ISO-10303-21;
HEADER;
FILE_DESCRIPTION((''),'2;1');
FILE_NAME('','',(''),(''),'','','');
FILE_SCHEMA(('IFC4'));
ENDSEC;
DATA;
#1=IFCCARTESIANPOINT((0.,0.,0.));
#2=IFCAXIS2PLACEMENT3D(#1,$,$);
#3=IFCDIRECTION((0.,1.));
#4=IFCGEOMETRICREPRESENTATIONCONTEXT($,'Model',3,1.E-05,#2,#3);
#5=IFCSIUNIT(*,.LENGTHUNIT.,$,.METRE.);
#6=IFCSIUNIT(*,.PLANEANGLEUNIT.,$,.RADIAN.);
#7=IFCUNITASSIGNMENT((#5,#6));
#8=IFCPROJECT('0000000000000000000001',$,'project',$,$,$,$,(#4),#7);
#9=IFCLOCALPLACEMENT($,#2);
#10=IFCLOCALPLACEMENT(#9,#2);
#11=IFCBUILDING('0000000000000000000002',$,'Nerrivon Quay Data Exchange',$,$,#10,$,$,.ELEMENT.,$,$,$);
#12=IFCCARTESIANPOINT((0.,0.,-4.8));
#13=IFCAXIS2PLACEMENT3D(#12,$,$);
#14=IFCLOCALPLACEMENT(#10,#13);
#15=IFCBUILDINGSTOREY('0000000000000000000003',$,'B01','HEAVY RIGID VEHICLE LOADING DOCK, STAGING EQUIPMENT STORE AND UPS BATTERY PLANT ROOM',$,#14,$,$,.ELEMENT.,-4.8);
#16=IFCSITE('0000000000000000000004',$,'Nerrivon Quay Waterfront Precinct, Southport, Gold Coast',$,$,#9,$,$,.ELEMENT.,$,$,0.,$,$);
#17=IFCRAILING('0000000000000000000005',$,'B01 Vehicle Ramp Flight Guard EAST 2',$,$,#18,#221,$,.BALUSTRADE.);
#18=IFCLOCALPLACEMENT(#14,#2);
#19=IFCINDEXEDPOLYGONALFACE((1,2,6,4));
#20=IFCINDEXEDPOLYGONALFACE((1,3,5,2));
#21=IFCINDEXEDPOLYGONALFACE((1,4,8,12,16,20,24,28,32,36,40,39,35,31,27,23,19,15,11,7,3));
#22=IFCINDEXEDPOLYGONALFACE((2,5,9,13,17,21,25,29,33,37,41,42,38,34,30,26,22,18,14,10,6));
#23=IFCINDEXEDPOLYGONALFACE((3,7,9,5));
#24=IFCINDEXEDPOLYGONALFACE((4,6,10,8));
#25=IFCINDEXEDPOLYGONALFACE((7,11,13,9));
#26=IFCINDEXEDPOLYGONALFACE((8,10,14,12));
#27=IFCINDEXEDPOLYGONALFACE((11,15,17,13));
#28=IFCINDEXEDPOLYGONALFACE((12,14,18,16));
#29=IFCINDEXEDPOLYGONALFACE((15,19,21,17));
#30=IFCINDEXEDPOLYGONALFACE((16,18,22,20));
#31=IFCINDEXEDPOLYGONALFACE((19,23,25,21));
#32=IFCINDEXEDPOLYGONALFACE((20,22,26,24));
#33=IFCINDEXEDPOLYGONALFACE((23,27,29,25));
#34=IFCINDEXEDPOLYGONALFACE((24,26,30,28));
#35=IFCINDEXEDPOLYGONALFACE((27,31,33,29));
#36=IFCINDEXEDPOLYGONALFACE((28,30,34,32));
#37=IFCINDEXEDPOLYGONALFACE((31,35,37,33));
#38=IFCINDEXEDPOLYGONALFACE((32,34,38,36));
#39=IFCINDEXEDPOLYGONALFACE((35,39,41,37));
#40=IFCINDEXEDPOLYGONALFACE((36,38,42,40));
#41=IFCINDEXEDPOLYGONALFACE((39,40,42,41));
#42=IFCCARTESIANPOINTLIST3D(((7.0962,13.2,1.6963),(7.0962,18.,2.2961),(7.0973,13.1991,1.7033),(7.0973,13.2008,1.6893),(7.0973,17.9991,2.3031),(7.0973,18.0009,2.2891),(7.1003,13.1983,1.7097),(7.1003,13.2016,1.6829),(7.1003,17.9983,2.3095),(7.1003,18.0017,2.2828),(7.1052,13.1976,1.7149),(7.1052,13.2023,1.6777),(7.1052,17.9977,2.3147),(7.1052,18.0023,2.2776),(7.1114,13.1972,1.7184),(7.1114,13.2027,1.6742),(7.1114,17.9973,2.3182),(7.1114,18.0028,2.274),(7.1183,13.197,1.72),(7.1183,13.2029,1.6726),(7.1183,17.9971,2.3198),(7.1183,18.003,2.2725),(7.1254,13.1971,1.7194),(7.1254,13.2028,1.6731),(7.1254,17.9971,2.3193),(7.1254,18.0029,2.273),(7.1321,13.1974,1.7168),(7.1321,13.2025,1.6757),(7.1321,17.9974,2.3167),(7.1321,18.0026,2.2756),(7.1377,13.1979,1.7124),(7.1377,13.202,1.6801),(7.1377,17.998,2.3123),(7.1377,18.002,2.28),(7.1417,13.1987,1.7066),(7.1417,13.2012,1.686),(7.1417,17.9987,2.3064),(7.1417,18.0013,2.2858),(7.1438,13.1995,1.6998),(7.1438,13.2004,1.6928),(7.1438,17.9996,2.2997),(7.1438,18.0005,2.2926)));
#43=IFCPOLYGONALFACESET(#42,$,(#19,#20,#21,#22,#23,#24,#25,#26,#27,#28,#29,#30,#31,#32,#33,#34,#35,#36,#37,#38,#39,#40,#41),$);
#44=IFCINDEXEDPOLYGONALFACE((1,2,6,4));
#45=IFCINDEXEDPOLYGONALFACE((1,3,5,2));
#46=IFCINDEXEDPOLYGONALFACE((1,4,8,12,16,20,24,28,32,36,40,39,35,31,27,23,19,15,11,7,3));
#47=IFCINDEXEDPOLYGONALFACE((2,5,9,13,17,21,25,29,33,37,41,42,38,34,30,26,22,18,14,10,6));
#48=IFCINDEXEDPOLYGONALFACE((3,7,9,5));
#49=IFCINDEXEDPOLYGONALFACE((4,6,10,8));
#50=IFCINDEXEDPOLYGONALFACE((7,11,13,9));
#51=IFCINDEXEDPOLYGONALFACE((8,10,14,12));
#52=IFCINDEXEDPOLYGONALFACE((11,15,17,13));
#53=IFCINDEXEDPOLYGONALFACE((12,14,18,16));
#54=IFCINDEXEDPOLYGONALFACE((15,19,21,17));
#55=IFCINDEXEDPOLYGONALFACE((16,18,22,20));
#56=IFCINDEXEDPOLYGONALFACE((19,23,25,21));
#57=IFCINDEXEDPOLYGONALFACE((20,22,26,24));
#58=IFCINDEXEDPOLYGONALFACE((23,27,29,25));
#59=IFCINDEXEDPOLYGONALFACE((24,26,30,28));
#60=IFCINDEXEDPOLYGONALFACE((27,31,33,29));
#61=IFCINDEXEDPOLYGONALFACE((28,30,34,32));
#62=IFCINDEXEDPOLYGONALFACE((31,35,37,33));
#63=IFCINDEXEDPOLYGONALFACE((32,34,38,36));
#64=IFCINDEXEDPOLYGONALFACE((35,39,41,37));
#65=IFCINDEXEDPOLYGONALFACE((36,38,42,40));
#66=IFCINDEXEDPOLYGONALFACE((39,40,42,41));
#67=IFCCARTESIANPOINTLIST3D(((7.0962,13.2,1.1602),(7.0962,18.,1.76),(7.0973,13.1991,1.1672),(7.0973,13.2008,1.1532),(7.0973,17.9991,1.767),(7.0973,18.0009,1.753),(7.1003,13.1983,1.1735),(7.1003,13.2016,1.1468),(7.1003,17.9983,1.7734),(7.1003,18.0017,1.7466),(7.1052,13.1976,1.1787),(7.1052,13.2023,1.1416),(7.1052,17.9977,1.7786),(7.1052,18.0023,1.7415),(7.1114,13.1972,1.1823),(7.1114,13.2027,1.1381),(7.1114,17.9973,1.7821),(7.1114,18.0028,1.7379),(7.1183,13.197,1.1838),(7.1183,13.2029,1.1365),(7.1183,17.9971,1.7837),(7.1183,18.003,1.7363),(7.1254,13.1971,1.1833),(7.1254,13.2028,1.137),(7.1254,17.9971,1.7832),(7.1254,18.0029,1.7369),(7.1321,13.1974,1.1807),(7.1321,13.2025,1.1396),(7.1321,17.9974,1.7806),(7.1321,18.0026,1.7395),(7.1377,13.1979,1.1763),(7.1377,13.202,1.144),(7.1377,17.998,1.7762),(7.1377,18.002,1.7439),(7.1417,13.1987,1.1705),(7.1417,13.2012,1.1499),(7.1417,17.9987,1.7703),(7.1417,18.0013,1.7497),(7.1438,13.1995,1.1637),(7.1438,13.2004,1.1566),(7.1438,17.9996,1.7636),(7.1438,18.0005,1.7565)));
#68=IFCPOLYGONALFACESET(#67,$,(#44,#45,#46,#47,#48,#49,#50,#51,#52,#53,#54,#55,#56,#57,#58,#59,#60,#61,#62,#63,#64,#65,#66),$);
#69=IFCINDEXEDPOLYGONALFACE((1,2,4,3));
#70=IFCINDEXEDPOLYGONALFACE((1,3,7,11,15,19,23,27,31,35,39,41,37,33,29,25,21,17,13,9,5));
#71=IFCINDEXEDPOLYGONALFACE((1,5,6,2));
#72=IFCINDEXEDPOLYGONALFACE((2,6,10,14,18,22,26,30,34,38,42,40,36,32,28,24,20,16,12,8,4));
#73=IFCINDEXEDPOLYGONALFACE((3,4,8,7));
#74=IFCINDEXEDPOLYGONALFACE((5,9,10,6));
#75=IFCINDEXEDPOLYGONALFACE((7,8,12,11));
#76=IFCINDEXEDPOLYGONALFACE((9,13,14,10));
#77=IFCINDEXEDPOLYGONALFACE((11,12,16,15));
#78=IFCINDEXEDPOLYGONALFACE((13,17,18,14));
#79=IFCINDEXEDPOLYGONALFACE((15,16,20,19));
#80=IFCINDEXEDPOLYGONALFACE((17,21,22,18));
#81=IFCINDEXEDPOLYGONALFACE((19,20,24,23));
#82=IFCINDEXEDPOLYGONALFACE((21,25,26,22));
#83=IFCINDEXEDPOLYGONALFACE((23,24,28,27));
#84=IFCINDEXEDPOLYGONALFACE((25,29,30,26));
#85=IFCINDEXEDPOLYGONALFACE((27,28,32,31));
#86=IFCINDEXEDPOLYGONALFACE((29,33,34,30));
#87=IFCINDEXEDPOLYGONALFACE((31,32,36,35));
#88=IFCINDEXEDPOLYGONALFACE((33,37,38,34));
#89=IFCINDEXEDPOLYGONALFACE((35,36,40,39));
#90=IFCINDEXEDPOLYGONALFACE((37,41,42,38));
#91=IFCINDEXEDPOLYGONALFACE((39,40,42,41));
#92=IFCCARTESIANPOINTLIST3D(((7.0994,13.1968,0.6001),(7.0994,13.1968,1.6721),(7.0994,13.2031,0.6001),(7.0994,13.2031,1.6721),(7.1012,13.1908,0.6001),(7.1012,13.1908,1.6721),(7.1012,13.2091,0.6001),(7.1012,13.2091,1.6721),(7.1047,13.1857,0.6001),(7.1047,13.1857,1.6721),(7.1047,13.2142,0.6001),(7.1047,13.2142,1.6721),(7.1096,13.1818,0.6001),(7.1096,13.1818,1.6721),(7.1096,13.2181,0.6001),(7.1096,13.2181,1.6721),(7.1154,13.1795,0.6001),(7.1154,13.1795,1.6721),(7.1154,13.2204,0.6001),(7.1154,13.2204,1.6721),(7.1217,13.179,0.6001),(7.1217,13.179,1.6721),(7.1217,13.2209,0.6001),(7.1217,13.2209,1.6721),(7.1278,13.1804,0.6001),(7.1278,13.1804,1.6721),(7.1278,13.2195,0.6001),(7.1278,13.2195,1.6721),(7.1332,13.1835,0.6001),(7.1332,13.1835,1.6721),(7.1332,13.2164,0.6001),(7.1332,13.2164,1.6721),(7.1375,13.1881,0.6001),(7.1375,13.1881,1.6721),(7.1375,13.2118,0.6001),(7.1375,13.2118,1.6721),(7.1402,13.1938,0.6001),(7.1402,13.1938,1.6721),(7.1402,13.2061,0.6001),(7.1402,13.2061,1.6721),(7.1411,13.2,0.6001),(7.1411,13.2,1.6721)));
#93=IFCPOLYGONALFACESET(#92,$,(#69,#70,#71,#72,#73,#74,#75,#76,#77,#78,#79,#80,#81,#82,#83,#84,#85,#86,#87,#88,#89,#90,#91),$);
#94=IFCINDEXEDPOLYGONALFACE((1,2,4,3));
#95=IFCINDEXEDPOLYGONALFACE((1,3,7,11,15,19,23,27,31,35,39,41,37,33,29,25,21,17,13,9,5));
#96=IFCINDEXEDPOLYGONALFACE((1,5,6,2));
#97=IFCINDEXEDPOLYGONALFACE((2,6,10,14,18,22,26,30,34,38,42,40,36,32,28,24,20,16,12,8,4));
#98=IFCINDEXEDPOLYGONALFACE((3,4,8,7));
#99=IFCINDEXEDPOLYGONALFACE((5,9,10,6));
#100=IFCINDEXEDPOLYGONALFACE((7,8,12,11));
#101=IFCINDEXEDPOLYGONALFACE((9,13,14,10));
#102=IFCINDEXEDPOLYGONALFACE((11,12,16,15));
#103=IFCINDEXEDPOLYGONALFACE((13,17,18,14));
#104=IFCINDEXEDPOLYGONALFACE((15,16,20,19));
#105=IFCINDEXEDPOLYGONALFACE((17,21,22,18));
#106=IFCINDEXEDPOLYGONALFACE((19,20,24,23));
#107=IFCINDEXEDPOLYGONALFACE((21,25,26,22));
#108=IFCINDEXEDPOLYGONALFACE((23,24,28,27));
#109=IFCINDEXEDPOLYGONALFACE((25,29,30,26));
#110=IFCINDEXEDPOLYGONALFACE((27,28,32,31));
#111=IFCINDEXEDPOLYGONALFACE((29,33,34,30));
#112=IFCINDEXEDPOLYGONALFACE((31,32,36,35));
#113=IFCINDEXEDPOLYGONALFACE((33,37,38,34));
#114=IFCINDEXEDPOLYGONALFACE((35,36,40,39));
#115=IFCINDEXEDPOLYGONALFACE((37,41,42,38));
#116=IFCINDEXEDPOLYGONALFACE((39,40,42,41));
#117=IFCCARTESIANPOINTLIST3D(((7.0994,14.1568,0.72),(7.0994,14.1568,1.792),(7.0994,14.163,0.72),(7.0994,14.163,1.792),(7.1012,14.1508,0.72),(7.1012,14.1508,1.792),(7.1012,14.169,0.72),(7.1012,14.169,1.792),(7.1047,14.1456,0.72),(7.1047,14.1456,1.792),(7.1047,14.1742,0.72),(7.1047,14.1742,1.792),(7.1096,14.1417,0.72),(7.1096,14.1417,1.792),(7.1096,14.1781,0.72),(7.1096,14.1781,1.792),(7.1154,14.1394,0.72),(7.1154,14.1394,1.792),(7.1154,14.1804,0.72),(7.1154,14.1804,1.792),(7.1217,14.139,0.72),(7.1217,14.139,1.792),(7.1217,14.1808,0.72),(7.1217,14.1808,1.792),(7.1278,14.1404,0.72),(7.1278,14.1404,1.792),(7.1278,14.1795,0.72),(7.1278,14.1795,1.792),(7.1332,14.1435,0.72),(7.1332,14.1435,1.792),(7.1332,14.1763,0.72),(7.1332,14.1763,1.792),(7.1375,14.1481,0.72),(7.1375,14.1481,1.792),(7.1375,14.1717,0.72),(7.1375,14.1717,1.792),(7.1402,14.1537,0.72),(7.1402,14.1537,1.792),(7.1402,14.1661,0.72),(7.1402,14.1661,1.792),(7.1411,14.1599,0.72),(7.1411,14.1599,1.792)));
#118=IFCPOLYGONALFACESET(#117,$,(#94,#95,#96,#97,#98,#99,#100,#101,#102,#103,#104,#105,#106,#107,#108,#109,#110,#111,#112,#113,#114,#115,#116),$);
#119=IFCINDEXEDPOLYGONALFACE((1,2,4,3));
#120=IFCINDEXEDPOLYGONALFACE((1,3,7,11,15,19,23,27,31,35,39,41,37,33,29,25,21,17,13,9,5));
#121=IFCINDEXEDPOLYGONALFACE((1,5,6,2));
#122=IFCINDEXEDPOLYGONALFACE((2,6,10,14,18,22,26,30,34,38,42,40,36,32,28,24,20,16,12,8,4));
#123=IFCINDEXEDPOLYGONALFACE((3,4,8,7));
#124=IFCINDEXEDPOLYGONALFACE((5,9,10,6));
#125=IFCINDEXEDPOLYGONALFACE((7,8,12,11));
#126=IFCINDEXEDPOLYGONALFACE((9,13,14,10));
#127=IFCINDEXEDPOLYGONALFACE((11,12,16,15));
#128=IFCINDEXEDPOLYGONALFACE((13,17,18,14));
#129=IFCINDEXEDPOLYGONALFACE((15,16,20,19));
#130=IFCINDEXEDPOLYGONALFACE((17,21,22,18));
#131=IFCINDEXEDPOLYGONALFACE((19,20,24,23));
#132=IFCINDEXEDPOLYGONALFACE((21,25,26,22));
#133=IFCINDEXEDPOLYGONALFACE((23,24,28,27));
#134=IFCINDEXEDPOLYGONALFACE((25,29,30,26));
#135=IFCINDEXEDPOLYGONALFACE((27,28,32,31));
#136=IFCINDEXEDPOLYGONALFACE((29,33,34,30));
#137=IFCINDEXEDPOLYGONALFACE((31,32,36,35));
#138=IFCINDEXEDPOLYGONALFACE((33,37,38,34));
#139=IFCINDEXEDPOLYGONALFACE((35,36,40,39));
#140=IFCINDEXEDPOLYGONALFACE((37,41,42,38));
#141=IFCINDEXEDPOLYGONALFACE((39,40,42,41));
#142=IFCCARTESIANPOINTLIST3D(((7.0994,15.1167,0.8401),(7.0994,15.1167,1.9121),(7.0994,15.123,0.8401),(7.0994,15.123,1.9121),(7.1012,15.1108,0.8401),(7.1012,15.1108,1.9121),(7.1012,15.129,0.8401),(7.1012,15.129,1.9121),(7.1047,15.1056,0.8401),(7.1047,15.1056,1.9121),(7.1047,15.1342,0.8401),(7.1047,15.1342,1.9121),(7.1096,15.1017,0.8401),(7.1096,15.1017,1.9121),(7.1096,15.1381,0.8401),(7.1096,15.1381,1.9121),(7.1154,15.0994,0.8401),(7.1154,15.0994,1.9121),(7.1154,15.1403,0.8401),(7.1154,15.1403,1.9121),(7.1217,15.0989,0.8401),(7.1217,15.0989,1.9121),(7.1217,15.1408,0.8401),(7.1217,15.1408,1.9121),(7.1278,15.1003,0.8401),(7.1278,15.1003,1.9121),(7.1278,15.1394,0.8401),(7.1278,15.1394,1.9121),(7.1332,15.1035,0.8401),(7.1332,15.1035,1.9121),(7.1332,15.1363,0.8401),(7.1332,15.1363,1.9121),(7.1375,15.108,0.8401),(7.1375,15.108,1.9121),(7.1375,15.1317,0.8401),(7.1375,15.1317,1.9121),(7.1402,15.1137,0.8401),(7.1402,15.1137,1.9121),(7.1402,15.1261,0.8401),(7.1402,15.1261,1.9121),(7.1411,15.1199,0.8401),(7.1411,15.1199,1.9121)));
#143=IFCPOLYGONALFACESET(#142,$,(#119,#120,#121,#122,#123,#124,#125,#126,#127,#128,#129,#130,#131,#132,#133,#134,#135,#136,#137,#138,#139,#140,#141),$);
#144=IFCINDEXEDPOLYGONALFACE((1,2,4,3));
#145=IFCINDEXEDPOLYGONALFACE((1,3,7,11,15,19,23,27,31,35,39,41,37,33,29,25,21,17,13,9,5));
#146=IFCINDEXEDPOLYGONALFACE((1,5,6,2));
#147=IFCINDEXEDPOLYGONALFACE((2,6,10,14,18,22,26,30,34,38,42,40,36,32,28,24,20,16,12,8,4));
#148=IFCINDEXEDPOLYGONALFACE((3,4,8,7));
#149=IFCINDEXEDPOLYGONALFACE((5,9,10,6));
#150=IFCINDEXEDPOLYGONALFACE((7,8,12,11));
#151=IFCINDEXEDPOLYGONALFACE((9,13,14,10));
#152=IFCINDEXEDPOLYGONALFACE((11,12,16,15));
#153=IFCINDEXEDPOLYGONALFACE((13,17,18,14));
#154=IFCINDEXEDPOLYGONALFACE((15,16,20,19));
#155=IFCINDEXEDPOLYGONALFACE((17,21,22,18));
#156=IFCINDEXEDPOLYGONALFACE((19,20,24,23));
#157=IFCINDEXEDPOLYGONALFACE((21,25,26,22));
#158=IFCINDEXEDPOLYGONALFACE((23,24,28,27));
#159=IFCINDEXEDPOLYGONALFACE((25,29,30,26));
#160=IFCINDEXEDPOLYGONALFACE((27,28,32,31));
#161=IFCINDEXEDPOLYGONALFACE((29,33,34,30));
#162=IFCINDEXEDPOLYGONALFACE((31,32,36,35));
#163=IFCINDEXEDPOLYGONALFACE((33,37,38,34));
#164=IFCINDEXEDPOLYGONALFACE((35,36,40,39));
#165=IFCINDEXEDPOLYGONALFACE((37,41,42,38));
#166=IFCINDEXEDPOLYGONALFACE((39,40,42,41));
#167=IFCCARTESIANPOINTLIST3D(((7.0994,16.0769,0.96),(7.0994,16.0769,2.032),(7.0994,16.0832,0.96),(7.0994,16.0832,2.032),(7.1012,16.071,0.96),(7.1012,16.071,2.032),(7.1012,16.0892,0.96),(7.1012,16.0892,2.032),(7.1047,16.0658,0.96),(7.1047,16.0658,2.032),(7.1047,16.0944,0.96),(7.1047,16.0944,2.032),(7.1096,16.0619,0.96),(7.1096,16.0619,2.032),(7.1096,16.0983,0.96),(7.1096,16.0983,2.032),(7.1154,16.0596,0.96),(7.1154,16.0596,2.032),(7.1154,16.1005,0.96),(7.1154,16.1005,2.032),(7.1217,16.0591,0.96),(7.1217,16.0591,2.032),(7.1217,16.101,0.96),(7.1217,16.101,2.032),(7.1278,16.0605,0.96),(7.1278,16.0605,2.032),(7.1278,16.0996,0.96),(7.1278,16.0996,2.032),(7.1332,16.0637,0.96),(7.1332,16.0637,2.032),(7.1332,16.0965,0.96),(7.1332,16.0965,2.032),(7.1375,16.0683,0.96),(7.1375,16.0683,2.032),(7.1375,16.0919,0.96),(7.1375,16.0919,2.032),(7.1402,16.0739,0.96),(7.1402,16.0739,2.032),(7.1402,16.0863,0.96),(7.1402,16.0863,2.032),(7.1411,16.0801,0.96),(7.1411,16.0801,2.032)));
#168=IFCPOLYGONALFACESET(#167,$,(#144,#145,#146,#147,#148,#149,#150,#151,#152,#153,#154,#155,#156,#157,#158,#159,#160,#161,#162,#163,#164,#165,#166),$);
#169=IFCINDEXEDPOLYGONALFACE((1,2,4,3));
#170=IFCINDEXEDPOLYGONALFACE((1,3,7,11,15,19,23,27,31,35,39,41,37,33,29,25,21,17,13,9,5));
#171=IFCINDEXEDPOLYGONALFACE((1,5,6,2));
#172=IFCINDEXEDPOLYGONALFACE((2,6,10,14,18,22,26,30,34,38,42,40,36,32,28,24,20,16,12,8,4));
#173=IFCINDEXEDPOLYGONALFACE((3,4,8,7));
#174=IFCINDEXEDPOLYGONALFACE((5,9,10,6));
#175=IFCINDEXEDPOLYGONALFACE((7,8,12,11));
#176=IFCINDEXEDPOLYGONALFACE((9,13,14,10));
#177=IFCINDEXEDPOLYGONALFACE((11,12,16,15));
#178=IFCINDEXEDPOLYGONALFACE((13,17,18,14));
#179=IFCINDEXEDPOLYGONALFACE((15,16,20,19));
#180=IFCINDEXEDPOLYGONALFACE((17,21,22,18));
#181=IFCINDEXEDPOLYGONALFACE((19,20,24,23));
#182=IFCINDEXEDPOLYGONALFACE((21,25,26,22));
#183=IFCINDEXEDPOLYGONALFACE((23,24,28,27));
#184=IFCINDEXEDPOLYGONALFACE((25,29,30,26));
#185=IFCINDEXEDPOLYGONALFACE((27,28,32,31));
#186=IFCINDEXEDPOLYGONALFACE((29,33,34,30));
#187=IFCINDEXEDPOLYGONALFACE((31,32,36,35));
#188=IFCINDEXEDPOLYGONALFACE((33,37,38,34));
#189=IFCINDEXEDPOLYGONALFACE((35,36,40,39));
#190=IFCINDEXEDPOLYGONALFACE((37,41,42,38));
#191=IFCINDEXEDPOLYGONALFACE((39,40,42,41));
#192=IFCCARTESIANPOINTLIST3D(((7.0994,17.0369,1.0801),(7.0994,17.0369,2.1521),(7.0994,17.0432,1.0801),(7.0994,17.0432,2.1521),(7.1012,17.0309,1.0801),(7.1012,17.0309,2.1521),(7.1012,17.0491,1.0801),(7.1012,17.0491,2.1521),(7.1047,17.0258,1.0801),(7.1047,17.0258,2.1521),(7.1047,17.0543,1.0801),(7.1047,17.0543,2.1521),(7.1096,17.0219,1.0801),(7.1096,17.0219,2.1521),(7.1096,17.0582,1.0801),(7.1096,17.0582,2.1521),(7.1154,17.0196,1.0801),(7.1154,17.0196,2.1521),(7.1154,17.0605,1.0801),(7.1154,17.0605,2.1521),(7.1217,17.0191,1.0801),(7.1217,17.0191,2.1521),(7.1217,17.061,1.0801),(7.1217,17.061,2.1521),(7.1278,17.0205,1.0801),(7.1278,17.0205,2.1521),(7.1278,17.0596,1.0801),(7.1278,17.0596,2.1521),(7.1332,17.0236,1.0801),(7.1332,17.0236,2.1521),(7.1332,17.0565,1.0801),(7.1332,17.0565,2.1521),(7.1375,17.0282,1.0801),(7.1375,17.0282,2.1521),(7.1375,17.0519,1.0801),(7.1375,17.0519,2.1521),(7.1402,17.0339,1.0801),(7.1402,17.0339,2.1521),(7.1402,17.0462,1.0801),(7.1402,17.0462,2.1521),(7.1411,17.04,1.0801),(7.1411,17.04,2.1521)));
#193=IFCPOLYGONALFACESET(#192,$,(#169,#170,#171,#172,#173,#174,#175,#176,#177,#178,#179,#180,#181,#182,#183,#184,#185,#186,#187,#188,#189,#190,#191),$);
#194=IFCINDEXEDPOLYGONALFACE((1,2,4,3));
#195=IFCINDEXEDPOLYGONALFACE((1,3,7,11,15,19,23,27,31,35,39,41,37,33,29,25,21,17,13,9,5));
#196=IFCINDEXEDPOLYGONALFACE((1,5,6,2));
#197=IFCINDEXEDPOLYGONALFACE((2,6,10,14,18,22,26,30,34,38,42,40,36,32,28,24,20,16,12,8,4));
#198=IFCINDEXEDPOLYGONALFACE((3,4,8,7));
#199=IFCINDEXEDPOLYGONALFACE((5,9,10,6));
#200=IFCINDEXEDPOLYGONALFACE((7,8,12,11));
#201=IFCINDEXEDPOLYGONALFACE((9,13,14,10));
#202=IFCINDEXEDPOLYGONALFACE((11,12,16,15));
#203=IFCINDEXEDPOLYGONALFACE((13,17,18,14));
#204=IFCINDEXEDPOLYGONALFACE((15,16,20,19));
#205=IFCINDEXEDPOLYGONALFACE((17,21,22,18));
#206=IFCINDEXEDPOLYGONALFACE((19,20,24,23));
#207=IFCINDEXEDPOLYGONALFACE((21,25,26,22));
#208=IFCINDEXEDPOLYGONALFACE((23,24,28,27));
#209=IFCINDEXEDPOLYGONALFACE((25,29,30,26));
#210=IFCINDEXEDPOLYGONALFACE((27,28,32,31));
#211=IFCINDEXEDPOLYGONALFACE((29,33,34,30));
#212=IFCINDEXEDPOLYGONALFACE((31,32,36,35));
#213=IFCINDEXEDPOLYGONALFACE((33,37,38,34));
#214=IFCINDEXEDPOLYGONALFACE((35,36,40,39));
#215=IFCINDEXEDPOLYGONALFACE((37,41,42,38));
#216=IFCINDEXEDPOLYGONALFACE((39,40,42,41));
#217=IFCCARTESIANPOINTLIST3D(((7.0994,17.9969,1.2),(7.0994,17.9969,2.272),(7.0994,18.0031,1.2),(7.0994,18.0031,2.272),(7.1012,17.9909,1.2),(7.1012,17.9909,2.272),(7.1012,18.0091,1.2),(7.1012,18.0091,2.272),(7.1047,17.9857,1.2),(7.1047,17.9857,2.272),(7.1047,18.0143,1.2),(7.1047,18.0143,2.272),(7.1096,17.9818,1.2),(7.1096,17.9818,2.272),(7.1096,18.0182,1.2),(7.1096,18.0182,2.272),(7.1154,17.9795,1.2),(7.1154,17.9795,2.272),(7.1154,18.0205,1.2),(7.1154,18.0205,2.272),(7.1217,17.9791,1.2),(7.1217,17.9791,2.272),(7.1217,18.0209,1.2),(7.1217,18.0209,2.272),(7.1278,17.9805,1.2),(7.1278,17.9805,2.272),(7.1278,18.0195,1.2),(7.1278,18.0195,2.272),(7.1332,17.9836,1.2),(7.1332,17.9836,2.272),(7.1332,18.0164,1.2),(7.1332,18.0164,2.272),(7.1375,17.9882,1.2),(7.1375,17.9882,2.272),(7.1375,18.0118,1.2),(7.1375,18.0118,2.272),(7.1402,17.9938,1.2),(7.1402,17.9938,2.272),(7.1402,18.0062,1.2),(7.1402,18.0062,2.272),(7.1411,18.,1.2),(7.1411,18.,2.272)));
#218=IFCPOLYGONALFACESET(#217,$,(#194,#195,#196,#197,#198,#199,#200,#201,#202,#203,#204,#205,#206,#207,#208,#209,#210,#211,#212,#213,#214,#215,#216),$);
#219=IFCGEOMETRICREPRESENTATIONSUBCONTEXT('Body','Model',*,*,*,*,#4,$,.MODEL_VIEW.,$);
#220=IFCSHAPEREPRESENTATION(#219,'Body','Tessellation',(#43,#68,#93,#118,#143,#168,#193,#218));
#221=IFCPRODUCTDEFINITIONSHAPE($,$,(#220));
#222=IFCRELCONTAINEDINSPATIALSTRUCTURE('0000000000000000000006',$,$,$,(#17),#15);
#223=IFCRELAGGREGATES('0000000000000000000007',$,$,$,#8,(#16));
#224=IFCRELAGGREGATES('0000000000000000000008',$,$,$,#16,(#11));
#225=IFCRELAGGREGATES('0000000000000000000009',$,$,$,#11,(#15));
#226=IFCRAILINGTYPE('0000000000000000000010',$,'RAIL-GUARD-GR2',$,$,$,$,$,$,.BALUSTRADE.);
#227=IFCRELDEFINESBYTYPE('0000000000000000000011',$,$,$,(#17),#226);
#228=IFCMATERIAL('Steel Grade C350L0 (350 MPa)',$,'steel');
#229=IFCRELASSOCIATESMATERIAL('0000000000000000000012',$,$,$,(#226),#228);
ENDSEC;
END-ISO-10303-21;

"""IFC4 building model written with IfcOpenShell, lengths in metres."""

from ifc_helpers import new_model, si_unit, direction, frame, origin, origin_2d, place, context, subcontext, project, spatial, circle, extrude, material, type_object, element, save


model = new_model("IFC4")

# Units and contexts
model_context = context("Model", 3, precision=1e-05, world=origin(), true_north=direction((0.0, 1.0)))
body_context = subcontext(model_context, "Body", "Model", "MODEL_VIEW")
ifc_project = project(units=[si_unit("LENGTHUNIT", "METRE"), si_unit("PLANEANGLEUNIT", "RADIAN")], contexts=[model_context])

# Site, building, storey
site_placement = place(None, origin())
site = spatial("IfcSite", under=ifc_project, at=site_placement, Name="Nerrivon Quay Waterfront Precinct, Southport, Gold Coast", CompositionType="ELEMENT", RefElevation=0.0)
building_placement = place(site_placement, origin())
building = spatial("IfcBuilding", under=site, at=building_placement, Name="Nerrivon Quay Data Exchange", CompositionType="ELEMENT")
storey_placement = place(building_placement, frame((0.0, 0.0, -4.8)))
storey = spatial("IfcBuildingStorey", under=building, at=storey_placement, Name="B01", Description="HEAVY RIGID VEHICLE LOADING DOCK, STAGING EQUIPMENT STORE AND UPS BATTERY PLANT ROOM", CompositionType="ELEMENT", Elevation=-4.8)

# Railing
ifc_material_1 = material(Name="Steel Grade C350L0 (350 MPa)", Category="steel")
railing_type = type_object("IfcRailingType", Name="RAIL-GUARD-GR2", PredefinedType="BALUSTRADE", material=ifc_material_1)
railing_1_placement = place(storey_placement, frame((7.1201, 13.2, 0.6001)))
element("IfcRailing", 1, at=railing_1_placement, inside=storey, type_object=railing_type, Name="B01 Vehicle Ramp Flight Guard EAST 2", PredefinedType="BALUSTRADE", context=body_context, shape_type="SweptSolid", body=[
    extrude(circle(Radius=0.0239, at=origin_2d()), frame((0.0, 0.0, 1.0962), z_axis=(0.0, 0.992282, 0.124004), x_axis=(-1.0, 0.0, 0.0)), (0.0, 0.0, 1.0), 4.8374),
    extrude(circle(Radius=0.0239, at=origin_2d()), frame((0.0, 0.0, 0.5601), z_axis=(0.0, 0.992282, 0.124004), x_axis=(-1.0, 0.0, 0.0)), (0.0, 0.0, 1.0), 4.8374),
    extrude(circle(Radius=0.021, at=origin_2d()), origin(), (0.0, 0.0, 1.0), 1.072),
    extrude(circle(Radius=0.021, at=origin_2d()), frame((0.0, 0.96, 0.1199)), (0.0, 0.0, 1.0), 1.072),
    extrude(circle(Radius=0.021, at=origin_2d()), frame((0.0, 1.9199, 0.24)), (0.0, 0.0, 1.0), 1.072),
    extrude(circle(Radius=0.021, at=origin_2d()), frame((0.0, 2.8801, 0.3599)), (0.0, 0.0, 1.0), 1.072),
    extrude(circle(Radius=0.021, at=origin_2d()), frame((0.0, 3.8401, 0.48)), (0.0, 0.0, 1.0), 1.072),
    extrude(circle(Radius=0.021, at=origin_2d()), frame((0.0, 4.8, 0.5999)), (0.0, 0.0, 1.0), 1.072),
])

save(model, "model.ifc")
